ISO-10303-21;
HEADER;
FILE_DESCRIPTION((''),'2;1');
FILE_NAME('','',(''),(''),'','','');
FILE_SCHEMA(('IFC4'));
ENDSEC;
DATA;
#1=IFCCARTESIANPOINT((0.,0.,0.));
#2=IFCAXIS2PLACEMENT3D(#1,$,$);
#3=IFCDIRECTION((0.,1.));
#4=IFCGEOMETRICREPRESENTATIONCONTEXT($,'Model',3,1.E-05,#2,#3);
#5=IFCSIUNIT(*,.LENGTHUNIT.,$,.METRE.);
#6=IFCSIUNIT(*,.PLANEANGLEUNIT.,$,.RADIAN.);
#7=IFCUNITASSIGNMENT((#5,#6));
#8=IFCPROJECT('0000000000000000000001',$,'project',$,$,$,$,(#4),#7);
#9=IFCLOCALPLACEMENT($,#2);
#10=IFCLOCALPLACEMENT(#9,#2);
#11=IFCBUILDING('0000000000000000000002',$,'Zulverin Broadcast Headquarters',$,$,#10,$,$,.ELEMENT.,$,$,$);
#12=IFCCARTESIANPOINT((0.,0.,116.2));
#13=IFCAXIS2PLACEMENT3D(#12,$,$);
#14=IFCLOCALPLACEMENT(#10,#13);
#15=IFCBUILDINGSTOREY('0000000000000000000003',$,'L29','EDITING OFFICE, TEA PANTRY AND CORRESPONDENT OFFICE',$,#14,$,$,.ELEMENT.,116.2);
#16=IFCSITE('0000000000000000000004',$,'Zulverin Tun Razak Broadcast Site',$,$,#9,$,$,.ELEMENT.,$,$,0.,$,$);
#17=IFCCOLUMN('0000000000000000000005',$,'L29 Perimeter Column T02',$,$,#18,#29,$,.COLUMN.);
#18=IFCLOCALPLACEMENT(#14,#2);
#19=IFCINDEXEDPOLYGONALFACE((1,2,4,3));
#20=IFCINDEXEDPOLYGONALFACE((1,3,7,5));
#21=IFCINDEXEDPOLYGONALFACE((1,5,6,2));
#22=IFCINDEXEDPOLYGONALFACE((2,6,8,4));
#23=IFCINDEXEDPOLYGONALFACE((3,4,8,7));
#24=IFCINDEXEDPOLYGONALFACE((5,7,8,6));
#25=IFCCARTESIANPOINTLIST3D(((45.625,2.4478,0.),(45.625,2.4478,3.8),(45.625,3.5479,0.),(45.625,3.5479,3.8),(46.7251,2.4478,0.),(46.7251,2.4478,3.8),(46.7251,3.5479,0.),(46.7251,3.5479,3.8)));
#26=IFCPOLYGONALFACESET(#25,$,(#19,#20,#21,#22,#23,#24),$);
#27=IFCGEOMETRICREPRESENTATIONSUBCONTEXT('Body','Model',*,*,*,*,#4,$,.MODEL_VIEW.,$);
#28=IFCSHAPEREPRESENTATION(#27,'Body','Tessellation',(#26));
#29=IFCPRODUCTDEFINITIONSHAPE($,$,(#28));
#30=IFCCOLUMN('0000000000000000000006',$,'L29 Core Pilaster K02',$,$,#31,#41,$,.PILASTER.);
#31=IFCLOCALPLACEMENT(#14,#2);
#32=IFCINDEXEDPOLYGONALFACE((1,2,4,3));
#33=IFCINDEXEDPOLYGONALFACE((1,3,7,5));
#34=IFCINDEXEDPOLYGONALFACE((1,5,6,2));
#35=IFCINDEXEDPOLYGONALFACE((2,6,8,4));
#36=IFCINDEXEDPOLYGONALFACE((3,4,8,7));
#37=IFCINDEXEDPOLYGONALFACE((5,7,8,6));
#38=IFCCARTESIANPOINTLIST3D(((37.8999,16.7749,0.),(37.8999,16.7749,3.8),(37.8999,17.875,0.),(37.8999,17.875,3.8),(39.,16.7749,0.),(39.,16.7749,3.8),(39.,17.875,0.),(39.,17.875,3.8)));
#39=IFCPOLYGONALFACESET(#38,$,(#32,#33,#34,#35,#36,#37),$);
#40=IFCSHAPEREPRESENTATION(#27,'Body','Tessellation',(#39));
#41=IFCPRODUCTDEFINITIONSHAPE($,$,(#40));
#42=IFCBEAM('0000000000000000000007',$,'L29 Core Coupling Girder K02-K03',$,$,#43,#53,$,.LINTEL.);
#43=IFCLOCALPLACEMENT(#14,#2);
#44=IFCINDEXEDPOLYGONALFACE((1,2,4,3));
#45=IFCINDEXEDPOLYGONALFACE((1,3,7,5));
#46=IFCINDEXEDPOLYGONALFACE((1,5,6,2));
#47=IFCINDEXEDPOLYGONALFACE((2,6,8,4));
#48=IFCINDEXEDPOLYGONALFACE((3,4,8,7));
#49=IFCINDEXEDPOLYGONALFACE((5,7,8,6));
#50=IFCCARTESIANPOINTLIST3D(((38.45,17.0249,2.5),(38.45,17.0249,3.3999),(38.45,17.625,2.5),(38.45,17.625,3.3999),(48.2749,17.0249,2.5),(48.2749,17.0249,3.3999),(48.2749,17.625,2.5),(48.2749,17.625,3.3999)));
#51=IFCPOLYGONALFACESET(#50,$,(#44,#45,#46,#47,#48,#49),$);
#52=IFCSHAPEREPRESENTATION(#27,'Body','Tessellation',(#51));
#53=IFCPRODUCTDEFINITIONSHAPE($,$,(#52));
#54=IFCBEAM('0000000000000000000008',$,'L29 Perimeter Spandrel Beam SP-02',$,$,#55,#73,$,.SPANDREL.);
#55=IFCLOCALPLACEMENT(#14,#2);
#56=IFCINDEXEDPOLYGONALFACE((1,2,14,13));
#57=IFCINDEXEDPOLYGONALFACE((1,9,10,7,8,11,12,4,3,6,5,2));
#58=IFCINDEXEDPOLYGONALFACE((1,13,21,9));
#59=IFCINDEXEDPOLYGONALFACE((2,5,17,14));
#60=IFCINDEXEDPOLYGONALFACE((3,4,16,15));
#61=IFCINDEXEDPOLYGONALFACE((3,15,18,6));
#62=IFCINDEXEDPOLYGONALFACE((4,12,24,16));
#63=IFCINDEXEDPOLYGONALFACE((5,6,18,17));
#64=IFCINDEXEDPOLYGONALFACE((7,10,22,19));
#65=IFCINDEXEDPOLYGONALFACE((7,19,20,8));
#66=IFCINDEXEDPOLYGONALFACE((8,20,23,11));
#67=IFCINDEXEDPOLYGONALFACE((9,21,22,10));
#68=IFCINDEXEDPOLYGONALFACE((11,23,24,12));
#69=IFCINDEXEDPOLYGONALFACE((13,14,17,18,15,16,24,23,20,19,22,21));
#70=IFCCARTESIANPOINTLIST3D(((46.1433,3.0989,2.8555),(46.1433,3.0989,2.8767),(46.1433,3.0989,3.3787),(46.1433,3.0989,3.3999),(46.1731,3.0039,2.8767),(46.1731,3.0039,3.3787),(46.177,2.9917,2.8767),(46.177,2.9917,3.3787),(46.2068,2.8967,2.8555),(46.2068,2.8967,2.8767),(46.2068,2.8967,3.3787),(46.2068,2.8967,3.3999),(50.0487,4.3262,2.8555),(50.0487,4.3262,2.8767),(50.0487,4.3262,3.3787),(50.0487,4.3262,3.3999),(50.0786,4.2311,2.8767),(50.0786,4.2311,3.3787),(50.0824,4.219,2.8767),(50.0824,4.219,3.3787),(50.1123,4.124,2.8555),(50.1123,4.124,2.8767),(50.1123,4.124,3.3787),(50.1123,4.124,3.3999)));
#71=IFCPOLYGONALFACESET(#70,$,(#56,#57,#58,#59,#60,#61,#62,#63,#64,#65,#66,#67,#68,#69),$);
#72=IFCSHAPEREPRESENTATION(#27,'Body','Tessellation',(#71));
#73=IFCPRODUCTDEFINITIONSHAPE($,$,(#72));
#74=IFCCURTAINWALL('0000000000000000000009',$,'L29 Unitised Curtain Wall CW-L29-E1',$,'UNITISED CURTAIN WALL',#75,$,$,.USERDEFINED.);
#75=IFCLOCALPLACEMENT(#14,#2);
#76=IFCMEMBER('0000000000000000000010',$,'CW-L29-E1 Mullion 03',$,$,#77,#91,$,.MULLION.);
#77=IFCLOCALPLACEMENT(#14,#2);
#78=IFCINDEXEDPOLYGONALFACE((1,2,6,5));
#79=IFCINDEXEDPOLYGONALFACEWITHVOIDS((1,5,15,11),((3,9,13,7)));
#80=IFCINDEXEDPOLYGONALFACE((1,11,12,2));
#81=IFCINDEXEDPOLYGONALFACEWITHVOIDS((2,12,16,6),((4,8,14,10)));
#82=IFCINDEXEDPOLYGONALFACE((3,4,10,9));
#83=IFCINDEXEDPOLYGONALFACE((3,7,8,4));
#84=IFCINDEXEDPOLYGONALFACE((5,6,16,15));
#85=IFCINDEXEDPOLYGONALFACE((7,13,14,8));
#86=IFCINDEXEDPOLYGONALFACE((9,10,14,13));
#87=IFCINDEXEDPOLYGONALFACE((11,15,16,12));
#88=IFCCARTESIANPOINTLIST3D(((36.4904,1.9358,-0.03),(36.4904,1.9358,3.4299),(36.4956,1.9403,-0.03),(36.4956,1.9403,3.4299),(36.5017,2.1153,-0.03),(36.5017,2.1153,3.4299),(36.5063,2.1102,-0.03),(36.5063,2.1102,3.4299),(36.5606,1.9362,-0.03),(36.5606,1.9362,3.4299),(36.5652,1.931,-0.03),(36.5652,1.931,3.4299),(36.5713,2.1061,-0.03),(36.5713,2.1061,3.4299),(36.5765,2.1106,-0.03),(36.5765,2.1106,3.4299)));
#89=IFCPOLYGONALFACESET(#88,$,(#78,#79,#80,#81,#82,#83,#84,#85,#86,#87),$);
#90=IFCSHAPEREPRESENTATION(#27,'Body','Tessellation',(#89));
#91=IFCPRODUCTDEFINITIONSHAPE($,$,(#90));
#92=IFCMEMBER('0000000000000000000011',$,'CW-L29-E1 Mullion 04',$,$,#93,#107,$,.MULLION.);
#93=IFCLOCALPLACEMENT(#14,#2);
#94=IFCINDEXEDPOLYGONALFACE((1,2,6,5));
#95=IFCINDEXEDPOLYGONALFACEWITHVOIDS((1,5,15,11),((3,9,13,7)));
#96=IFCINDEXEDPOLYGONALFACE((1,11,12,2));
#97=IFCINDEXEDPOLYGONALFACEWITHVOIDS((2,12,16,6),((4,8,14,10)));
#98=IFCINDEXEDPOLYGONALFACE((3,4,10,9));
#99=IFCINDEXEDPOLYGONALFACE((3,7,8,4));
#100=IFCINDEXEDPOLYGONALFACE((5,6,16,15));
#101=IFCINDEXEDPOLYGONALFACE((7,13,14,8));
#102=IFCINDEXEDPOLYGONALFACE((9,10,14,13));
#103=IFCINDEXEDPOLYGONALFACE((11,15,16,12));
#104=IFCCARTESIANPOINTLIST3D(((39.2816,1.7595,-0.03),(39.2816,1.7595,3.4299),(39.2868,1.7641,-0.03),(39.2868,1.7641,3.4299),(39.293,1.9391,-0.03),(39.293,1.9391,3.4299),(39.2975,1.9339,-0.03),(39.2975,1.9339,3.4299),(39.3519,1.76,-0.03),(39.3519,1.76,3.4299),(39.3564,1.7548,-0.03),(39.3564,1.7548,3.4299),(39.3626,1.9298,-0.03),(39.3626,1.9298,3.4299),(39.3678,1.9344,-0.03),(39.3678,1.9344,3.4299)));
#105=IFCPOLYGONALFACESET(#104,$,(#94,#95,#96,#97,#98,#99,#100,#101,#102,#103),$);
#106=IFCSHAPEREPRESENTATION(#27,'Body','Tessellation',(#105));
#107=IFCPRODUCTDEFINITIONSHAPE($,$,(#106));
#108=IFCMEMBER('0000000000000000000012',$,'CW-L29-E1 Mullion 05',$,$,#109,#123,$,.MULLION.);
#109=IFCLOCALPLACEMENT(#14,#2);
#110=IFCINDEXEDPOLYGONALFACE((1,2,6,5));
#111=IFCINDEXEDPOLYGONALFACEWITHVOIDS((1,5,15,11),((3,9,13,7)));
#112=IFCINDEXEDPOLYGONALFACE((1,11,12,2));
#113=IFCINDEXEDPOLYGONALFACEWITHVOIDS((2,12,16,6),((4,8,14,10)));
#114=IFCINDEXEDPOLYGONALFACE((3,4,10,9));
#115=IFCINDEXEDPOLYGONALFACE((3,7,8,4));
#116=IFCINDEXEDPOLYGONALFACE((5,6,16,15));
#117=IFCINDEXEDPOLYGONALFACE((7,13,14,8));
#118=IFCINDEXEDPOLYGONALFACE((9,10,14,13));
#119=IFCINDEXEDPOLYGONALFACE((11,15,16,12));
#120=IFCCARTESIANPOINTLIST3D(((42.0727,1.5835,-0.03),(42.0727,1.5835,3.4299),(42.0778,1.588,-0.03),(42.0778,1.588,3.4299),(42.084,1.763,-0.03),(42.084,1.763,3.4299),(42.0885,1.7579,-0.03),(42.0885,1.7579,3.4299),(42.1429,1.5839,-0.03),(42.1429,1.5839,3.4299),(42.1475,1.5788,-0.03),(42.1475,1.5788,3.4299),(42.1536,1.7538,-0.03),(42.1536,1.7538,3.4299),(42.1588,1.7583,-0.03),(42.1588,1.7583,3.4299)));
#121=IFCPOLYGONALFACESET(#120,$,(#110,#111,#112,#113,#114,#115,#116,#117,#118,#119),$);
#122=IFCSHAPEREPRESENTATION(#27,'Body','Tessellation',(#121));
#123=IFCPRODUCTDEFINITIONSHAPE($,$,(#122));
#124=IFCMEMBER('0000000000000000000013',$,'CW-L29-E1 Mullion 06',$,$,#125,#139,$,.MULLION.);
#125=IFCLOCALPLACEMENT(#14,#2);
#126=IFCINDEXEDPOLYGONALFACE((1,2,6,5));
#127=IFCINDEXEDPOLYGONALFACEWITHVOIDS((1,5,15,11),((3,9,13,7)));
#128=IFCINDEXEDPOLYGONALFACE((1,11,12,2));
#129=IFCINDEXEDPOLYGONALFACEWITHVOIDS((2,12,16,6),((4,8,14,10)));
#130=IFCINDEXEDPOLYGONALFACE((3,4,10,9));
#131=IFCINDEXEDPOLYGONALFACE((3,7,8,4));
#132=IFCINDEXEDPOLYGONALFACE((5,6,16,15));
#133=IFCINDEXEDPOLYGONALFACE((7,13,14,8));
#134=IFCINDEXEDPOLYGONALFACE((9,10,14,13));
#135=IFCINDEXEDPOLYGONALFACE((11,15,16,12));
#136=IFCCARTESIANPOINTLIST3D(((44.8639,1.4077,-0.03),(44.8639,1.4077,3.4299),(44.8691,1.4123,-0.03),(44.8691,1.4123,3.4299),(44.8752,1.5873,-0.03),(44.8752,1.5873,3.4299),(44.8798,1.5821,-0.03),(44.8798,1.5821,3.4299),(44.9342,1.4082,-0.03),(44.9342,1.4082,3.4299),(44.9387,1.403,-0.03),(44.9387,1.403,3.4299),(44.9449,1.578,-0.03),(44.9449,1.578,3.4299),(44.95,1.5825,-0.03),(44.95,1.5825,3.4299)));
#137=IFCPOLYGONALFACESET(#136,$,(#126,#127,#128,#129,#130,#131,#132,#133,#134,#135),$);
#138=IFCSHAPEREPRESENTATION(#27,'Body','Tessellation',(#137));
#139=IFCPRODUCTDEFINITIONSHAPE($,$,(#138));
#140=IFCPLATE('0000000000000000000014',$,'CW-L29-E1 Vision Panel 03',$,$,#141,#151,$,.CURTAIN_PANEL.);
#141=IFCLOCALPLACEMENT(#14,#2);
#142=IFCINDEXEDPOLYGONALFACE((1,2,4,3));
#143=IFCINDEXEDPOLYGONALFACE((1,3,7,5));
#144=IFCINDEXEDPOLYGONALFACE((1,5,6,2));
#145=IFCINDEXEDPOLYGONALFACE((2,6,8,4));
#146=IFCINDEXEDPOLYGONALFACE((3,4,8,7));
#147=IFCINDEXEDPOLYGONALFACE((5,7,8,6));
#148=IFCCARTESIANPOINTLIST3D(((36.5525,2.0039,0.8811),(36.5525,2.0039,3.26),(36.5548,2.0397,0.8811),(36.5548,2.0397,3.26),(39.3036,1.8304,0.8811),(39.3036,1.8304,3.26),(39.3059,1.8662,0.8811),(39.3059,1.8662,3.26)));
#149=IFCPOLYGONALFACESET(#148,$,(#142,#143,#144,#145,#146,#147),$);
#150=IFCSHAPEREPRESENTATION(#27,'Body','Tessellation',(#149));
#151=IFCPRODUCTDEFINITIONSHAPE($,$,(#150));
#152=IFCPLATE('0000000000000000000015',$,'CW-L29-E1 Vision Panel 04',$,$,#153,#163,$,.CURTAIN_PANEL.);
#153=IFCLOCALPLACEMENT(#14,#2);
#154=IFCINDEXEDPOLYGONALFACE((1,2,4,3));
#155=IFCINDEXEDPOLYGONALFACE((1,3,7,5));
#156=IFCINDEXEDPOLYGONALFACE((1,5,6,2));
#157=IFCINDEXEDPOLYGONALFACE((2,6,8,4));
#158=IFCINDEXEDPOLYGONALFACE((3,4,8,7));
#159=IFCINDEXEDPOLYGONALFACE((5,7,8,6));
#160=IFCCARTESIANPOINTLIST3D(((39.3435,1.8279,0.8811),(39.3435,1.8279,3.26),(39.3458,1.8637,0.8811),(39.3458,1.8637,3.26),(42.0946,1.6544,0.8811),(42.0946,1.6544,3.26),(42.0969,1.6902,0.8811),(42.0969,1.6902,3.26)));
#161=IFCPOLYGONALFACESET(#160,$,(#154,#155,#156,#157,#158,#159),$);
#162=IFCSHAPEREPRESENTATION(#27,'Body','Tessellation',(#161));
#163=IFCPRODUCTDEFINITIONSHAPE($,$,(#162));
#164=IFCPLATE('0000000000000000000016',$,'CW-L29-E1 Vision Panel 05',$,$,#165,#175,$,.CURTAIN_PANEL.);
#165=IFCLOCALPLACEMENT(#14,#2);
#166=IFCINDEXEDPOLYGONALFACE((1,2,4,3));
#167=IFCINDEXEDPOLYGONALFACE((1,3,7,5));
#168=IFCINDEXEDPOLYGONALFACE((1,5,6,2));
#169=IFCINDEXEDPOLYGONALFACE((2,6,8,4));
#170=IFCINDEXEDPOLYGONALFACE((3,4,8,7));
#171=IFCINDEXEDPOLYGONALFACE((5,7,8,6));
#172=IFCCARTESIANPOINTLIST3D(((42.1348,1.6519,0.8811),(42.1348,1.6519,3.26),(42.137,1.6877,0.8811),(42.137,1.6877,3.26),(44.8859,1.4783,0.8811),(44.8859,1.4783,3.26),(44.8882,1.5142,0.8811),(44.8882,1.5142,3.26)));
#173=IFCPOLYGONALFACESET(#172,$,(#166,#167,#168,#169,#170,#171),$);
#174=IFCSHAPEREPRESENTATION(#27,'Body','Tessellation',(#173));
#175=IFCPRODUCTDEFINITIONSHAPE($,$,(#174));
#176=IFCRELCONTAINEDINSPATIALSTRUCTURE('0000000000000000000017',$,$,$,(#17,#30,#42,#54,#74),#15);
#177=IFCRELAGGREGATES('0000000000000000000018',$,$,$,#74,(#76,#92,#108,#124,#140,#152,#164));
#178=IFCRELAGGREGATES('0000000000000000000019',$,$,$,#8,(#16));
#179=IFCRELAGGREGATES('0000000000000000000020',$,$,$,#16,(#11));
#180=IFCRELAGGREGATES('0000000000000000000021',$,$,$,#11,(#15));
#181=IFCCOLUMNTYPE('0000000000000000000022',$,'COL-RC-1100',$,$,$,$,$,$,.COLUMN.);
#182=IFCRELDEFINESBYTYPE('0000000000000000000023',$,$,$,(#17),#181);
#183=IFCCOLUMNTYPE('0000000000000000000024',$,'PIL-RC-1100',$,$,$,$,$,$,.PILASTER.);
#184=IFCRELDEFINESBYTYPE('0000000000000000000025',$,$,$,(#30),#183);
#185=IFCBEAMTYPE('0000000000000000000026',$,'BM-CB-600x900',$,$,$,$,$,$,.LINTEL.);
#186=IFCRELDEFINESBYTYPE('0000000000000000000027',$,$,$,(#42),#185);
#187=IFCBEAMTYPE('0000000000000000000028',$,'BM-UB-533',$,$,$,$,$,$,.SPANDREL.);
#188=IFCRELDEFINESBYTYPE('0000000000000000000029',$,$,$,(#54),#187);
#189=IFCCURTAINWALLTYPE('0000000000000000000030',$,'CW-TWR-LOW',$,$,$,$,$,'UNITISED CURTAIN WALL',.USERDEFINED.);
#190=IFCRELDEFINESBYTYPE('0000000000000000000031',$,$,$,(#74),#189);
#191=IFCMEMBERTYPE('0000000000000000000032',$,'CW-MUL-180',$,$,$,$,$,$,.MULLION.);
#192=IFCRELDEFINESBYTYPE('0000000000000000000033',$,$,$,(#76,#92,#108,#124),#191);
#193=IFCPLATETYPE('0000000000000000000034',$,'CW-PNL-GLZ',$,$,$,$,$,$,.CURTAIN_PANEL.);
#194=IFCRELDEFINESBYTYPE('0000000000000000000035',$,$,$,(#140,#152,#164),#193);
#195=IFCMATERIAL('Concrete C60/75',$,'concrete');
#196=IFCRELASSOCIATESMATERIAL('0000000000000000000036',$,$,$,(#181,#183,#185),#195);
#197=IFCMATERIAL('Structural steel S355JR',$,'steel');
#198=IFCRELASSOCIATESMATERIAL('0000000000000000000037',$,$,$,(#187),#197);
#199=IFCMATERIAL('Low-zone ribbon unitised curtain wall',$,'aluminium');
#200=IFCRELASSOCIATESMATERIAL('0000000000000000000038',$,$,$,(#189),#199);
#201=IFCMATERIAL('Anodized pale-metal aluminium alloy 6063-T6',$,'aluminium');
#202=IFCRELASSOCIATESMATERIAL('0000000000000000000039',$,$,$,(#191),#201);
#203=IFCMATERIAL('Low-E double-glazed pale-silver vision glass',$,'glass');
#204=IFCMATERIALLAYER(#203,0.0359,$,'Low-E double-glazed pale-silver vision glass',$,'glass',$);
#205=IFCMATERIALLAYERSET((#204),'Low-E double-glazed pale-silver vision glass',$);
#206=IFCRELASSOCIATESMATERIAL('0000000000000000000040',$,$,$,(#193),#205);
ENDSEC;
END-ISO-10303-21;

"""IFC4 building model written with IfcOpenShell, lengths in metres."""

from ifc_helpers import new_model, si_unit, direction, frame, origin, origin_2d, place, context, subcontext, project, spatial, rectangle, hollow_rectangle, i_section, extrude, material, layer, layer_set, material_profile, profile_set, type_object, element, aggregate, save


model = new_model("IFC4")

# Units and contexts
model_context = context("Model", 3, precision=1e-05, world=origin(), true_north=direction((0.0, 1.0)))
body_context = subcontext(model_context, "Body", "Model", "MODEL_VIEW")
ifc_project = project(units=[si_unit("LENGTHUNIT", "METRE"), si_unit("PLANEANGLEUNIT", "RADIAN")], contexts=[model_context])

# Site, building, storey
site_placement = place(None, origin())
site = spatial("IfcSite", under=ifc_project, at=site_placement, Name="Zulverin Tun Razak Broadcast Site", CompositionType="ELEMENT", RefElevation=0.0)
building_placement = place(site_placement, origin())
building = spatial("IfcBuilding", under=site, at=building_placement, Name="Zulverin Broadcast Headquarters", CompositionType="ELEMENT")
storey_placement = place(building_placement, frame((0.0, 0.0, 116.2)))
storey = spatial("IfcBuildingStorey", under=building, at=storey_placement, Name="L29", Description="EDITING OFFICE, TEA PANTRY AND CORRESPONDENT OFFICE", CompositionType="ELEMENT", Elevation=116.2)

# Columns
ifc_material_1 = material(Name="Concrete C60/75", Category="concrete")
ifc_material_profile_1 = material_profile(ifc_material_1, rectangle(XDim=1.1001, YDim=1.1001, at=origin_2d()), Name="Concrete C60/75", Category="concrete")
ifc_profile_set_1 = profile_set([ifc_material_profile_1], Name="Concrete C60/75")
column_type_1 = type_object("IfcColumnType", Name="COL-RC-1100", PredefinedType="COLUMN", material=ifc_profile_set_1)
column_1_placement = place(storey_placement, frame((46.175, 2.9978, 0.0), z_axis=(0.0, 0.0, 1.0), x_axis=(1.0, 0.0, 0.0)))
element("IfcColumn", 1, at=column_1_placement, inside=storey, type_object=column_type_1, Name="L29 Perimeter Column T02", PredefinedType="COLUMN", context=body_context, shape_type="SweptSolid", body=[
    extrude(rectangle(XDim=1.1001, YDim=1.1001, at=origin_2d()), origin(), (0.0, 0.0, 1.0), 3.8),
])
ifc_material_profile_2 = material_profile(ifc_material_1, rectangle(XDim=1.1001, YDim=1.1001, at=origin_2d()), Name="Concrete C60/75", Category="concrete")
ifc_profile_set_2 = profile_set([ifc_material_profile_2], Name="Concrete C60/75")
column_type_2 = type_object("IfcColumnType", Name="PIL-RC-1100", PredefinedType="PILASTER", material=ifc_profile_set_2)
column_2_placement = place(storey_placement, frame((38.45, 17.325, 0.0), z_axis=(0.0, 0.0, 1.0), x_axis=(1.0, 0.0, 0.0)))
element("IfcColumn", 2, at=column_2_placement, inside=storey, type_object=column_type_2, Name="L29 Core Pilaster K02", PredefinedType="PILASTER", context=body_context, shape_type="SweptSolid", body=[
    extrude(rectangle(XDim=1.1001, YDim=1.1001, at=origin_2d()), origin(), (0.0, 0.0, 1.0), 3.8),
])

# Beams
ifc_material_profile_3 = material_profile(ifc_material_1, rectangle(XDim=0.6001, YDim=0.8999, at=origin_2d()), Name="Concrete C60/75", Category="concrete")
ifc_profile_set_3 = profile_set([ifc_material_profile_3], Name="Concrete C60/75")
beam_type_1 = type_object("IfcBeamType", Name="BM-CB-600x900", PredefinedType="LINTEL", material=ifc_profile_set_3)
beam_1_placement = place(storey_placement, frame((38.45, 17.325, 2.95), z_axis=(1.0, 0.0, 0.0), x_axis=(0.0, 1.0, 0.0)))
element("IfcBeam", 3, at=beam_1_placement, inside=storey, type_object=beam_type_1, Name="L29 Core Coupling Girder K02-K03", PredefinedType="LINTEL", context=body_context, shape_type="SweptSolid", body=[
    extrude(rectangle(XDim=0.6001, YDim=0.8999, at=origin_2d()), origin(), (0.0, 0.0, 1.0), 9.825),
])
ifc_material_2 = material(Name="Structural steel S355JR", Category="steel")
ifc_material_profile_4 = material_profile(ifc_material_2, i_section(OverallWidth=0.2119, OverallDepth=0.5444, WebThickness=0.0127, FlangeThickness=0.0212, at=origin_2d()), Name="Structural steel S355JR", Category="steel")
ifc_profile_set_4 = profile_set([ifc_material_profile_4], Name="Structural steel S355JR")
beam_type_2 = type_object("IfcBeamType", Name="BM-UB-533", PredefinedType="SPANDREL", material=ifc_profile_set_4)
beam_2_placement = place(storey_placement, frame((46.175, 2.9978, 3.1277), z_axis=(0.954004, 0.299792, 0.0), x_axis=(-0.299792, 0.954004, 0.0)))
element("IfcBeam", 4, at=beam_2_placement, inside=storey, type_object=beam_type_2, Name="L29 Perimeter Spandrel Beam SP-02", PredefinedType="SPANDREL", context=body_context, shape_type="SweptSolid", body=[
    extrude(i_section(OverallWidth=0.2119, OverallDepth=0.5444, WebThickness=0.0127, FlangeThickness=0.0212, at=origin_2d()), origin(), (0.0, 0.0, 1.0), 4.0938),
])

# Curtain wall, members, plates
ifc_material_3 = material(Name="Low-zone ribbon unitised curtain wall", Category="aluminium")
curtain_wall_type = type_object("IfcCurtainWallType", Name="CW-TWR-LOW", ElementType="UNITISED CURTAIN WALL", PredefinedType="USERDEFINED", material=ifc_material_3)
curtain_wall_placement = place(storey_placement, origin())
curtain_wall = element("IfcCurtainWall", 5, at=curtain_wall_placement, inside=storey, type_object=curtain_wall_type, Name="L29 Unitised Curtain Wall CW-L29-E1", ObjectType="UNITISED CURTAIN WALL", PredefinedType="USERDEFINED")
ifc_material_4 = material(Name="Anodized pale-metal aluminium alloy 6063-T6", Category="aluminium")
ifc_material_profile_5 = material_profile(ifc_material_4, hollow_rectangle(XDim=0.075, YDim=0.1799, WallThickness=0.0049, at=origin_2d()), Name="Anodized pale-metal aluminium alloy 6063-T6", Category="aluminium")
ifc_profile_set_5 = profile_set([ifc_material_profile_5], Name="Anodized pale-metal aluminium alloy 6063-T6")
member_type = type_object("IfcMemberType", Name="CW-MUL-180", PredefinedType="MULLION", material=ifc_profile_set_5)
member_1_placement = place(storey_placement, frame((36.5334, 2.0232, -0.03), z_axis=(0.0, 0.0, 1.0), x_axis=(0.998017, -0.062942, 0.0)))
member_1 = element("IfcMember", 6, at=member_1_placement, type_object=member_type, Name="CW-L29-E1 Mullion 03", PredefinedType="MULLION", context=body_context, shape_type="SweptSolid", body=[
    extrude(hollow_rectangle(XDim=0.075, YDim=0.1799, WallThickness=0.0049, at=origin_2d()), origin(), (0.0, 0.0, 1.0), 3.46),
])
member_2_placement = place(storey_placement, frame((39.3247, 1.8469, -0.03), z_axis=(0.0, 0.0, 1.0), x_axis=(0.998017, -0.062942, 0.0)))
member_2 = element("IfcMember", 7, at=member_2_placement, type_object=member_type, Name="CW-L29-E1 Mullion 04", PredefinedType="MULLION", context=body_context, shape_type="SweptSolid", body=[
    extrude(hollow_rectangle(XDim=0.075, YDim=0.1799, WallThickness=0.0049, at=origin_2d()), origin(), (0.0, 0.0, 1.0), 3.46),
])
member_3_placement = place(storey_placement, frame((42.1157, 1.6709, -0.03), z_axis=(0.0, 0.0, 1.0), x_axis=(0.998017, -0.062942, 0.0)))
member_3 = element("IfcMember", 8, at=member_3_placement, type_object=member_type, Name="CW-L29-E1 Mullion 05", PredefinedType="MULLION", context=body_context, shape_type="SweptSolid", body=[
    extrude(hollow_rectangle(XDim=0.075, YDim=0.1799, WallThickness=0.0049, at=origin_2d()), origin(), (0.0, 0.0, 1.0), 3.46),
])
member_4_placement = place(storey_placement, frame((44.907, 1.4951, -0.03), z_axis=(0.0, 0.0, 1.0), x_axis=(0.998017, -0.062942, 0.0)))
member_4 = element("IfcMember", 9, at=member_4_placement, type_object=member_type, Name="CW-L29-E1 Mullion 06", PredefinedType="MULLION", context=body_context, shape_type="SweptSolid", body=[
    extrude(hollow_rectangle(XDim=0.075, YDim=0.1799, WallThickness=0.0049, at=origin_2d()), origin(), (0.0, 0.0, 1.0), 3.46),
])
ifc_material_5 = material(Name="Low-E double-glazed pale-silver vision glass", Category="glass")
ifc_layer_1 = layer(ifc_material_5, 0.0359, Name="Low-E double-glazed pale-silver vision glass", Category="glass")
ifc_layer_set_1 = layer_set([ifc_layer_1], Name="Low-E double-glazed pale-silver vision glass")
plate_type_1 = type_object("IfcPlateType", Name="CW-PNL-GLZ", PredefinedType="CURTAIN_PANEL", material=ifc_layer_set_1)
plate_1_placement = place(storey_placement, frame((37.9292, 1.9351, 0.8811), z_axis=(0.0, 0.0, 1.0), x_axis=(0.998017, -0.062942, 0.0)))
plate_1 = element("IfcPlate", 10, at=plate_1_placement, type_object=plate_type_1, Name="CW-L29-E1 Vision Panel 03", PredefinedType="CURTAIN_PANEL", context=body_context, shape_type="SweptSolid", body=[
    extrude(rectangle(XDim=2.7566, YDim=0.0359, at=origin_2d()), origin(), (0.0, 0.0, 1.0), 2.3789),
])
plate_2_placement = place(storey_placement, frame((40.7202, 1.759, 0.8811), z_axis=(0.0, 0.0, 1.0), x_axis=(0.998017, -0.062942, 0.0)))
plate_2 = element("IfcPlate", 11, at=plate_2_placement, type_object=plate_type_1, Name="CW-L29-E1 Vision Panel 04", PredefinedType="CURTAIN_PANEL", context=body_context, shape_type="SweptSolid", body=[
    extrude(rectangle(XDim=2.7566, YDim=0.0359, at=origin_2d()), origin(), (0.0, 0.0, 1.0), 2.3789),
])
plate_3_placement = place(storey_placement, frame((43.5115, 1.583, 0.8811), z_axis=(0.0, 0.0, 1.0), x_axis=(0.998017, -0.062942, 0.0)))
plate_3 = element("IfcPlate", 12, at=plate_3_placement, type_object=plate_type_1, Name="CW-L29-E1 Vision Panel 05", PredefinedType="CURTAIN_PANEL", context=body_context, shape_type="SweptSolid", body=[
    extrude(rectangle(XDim=2.7566, YDim=0.0359, at=origin_2d()), origin(), (0.0, 0.0, 1.0), 2.3789),
])
aggregate(curtain_wall, [member_1, member_2, member_3, member_4, plate_1, plate_2, plate_3])

save(model, "model.ifc")
